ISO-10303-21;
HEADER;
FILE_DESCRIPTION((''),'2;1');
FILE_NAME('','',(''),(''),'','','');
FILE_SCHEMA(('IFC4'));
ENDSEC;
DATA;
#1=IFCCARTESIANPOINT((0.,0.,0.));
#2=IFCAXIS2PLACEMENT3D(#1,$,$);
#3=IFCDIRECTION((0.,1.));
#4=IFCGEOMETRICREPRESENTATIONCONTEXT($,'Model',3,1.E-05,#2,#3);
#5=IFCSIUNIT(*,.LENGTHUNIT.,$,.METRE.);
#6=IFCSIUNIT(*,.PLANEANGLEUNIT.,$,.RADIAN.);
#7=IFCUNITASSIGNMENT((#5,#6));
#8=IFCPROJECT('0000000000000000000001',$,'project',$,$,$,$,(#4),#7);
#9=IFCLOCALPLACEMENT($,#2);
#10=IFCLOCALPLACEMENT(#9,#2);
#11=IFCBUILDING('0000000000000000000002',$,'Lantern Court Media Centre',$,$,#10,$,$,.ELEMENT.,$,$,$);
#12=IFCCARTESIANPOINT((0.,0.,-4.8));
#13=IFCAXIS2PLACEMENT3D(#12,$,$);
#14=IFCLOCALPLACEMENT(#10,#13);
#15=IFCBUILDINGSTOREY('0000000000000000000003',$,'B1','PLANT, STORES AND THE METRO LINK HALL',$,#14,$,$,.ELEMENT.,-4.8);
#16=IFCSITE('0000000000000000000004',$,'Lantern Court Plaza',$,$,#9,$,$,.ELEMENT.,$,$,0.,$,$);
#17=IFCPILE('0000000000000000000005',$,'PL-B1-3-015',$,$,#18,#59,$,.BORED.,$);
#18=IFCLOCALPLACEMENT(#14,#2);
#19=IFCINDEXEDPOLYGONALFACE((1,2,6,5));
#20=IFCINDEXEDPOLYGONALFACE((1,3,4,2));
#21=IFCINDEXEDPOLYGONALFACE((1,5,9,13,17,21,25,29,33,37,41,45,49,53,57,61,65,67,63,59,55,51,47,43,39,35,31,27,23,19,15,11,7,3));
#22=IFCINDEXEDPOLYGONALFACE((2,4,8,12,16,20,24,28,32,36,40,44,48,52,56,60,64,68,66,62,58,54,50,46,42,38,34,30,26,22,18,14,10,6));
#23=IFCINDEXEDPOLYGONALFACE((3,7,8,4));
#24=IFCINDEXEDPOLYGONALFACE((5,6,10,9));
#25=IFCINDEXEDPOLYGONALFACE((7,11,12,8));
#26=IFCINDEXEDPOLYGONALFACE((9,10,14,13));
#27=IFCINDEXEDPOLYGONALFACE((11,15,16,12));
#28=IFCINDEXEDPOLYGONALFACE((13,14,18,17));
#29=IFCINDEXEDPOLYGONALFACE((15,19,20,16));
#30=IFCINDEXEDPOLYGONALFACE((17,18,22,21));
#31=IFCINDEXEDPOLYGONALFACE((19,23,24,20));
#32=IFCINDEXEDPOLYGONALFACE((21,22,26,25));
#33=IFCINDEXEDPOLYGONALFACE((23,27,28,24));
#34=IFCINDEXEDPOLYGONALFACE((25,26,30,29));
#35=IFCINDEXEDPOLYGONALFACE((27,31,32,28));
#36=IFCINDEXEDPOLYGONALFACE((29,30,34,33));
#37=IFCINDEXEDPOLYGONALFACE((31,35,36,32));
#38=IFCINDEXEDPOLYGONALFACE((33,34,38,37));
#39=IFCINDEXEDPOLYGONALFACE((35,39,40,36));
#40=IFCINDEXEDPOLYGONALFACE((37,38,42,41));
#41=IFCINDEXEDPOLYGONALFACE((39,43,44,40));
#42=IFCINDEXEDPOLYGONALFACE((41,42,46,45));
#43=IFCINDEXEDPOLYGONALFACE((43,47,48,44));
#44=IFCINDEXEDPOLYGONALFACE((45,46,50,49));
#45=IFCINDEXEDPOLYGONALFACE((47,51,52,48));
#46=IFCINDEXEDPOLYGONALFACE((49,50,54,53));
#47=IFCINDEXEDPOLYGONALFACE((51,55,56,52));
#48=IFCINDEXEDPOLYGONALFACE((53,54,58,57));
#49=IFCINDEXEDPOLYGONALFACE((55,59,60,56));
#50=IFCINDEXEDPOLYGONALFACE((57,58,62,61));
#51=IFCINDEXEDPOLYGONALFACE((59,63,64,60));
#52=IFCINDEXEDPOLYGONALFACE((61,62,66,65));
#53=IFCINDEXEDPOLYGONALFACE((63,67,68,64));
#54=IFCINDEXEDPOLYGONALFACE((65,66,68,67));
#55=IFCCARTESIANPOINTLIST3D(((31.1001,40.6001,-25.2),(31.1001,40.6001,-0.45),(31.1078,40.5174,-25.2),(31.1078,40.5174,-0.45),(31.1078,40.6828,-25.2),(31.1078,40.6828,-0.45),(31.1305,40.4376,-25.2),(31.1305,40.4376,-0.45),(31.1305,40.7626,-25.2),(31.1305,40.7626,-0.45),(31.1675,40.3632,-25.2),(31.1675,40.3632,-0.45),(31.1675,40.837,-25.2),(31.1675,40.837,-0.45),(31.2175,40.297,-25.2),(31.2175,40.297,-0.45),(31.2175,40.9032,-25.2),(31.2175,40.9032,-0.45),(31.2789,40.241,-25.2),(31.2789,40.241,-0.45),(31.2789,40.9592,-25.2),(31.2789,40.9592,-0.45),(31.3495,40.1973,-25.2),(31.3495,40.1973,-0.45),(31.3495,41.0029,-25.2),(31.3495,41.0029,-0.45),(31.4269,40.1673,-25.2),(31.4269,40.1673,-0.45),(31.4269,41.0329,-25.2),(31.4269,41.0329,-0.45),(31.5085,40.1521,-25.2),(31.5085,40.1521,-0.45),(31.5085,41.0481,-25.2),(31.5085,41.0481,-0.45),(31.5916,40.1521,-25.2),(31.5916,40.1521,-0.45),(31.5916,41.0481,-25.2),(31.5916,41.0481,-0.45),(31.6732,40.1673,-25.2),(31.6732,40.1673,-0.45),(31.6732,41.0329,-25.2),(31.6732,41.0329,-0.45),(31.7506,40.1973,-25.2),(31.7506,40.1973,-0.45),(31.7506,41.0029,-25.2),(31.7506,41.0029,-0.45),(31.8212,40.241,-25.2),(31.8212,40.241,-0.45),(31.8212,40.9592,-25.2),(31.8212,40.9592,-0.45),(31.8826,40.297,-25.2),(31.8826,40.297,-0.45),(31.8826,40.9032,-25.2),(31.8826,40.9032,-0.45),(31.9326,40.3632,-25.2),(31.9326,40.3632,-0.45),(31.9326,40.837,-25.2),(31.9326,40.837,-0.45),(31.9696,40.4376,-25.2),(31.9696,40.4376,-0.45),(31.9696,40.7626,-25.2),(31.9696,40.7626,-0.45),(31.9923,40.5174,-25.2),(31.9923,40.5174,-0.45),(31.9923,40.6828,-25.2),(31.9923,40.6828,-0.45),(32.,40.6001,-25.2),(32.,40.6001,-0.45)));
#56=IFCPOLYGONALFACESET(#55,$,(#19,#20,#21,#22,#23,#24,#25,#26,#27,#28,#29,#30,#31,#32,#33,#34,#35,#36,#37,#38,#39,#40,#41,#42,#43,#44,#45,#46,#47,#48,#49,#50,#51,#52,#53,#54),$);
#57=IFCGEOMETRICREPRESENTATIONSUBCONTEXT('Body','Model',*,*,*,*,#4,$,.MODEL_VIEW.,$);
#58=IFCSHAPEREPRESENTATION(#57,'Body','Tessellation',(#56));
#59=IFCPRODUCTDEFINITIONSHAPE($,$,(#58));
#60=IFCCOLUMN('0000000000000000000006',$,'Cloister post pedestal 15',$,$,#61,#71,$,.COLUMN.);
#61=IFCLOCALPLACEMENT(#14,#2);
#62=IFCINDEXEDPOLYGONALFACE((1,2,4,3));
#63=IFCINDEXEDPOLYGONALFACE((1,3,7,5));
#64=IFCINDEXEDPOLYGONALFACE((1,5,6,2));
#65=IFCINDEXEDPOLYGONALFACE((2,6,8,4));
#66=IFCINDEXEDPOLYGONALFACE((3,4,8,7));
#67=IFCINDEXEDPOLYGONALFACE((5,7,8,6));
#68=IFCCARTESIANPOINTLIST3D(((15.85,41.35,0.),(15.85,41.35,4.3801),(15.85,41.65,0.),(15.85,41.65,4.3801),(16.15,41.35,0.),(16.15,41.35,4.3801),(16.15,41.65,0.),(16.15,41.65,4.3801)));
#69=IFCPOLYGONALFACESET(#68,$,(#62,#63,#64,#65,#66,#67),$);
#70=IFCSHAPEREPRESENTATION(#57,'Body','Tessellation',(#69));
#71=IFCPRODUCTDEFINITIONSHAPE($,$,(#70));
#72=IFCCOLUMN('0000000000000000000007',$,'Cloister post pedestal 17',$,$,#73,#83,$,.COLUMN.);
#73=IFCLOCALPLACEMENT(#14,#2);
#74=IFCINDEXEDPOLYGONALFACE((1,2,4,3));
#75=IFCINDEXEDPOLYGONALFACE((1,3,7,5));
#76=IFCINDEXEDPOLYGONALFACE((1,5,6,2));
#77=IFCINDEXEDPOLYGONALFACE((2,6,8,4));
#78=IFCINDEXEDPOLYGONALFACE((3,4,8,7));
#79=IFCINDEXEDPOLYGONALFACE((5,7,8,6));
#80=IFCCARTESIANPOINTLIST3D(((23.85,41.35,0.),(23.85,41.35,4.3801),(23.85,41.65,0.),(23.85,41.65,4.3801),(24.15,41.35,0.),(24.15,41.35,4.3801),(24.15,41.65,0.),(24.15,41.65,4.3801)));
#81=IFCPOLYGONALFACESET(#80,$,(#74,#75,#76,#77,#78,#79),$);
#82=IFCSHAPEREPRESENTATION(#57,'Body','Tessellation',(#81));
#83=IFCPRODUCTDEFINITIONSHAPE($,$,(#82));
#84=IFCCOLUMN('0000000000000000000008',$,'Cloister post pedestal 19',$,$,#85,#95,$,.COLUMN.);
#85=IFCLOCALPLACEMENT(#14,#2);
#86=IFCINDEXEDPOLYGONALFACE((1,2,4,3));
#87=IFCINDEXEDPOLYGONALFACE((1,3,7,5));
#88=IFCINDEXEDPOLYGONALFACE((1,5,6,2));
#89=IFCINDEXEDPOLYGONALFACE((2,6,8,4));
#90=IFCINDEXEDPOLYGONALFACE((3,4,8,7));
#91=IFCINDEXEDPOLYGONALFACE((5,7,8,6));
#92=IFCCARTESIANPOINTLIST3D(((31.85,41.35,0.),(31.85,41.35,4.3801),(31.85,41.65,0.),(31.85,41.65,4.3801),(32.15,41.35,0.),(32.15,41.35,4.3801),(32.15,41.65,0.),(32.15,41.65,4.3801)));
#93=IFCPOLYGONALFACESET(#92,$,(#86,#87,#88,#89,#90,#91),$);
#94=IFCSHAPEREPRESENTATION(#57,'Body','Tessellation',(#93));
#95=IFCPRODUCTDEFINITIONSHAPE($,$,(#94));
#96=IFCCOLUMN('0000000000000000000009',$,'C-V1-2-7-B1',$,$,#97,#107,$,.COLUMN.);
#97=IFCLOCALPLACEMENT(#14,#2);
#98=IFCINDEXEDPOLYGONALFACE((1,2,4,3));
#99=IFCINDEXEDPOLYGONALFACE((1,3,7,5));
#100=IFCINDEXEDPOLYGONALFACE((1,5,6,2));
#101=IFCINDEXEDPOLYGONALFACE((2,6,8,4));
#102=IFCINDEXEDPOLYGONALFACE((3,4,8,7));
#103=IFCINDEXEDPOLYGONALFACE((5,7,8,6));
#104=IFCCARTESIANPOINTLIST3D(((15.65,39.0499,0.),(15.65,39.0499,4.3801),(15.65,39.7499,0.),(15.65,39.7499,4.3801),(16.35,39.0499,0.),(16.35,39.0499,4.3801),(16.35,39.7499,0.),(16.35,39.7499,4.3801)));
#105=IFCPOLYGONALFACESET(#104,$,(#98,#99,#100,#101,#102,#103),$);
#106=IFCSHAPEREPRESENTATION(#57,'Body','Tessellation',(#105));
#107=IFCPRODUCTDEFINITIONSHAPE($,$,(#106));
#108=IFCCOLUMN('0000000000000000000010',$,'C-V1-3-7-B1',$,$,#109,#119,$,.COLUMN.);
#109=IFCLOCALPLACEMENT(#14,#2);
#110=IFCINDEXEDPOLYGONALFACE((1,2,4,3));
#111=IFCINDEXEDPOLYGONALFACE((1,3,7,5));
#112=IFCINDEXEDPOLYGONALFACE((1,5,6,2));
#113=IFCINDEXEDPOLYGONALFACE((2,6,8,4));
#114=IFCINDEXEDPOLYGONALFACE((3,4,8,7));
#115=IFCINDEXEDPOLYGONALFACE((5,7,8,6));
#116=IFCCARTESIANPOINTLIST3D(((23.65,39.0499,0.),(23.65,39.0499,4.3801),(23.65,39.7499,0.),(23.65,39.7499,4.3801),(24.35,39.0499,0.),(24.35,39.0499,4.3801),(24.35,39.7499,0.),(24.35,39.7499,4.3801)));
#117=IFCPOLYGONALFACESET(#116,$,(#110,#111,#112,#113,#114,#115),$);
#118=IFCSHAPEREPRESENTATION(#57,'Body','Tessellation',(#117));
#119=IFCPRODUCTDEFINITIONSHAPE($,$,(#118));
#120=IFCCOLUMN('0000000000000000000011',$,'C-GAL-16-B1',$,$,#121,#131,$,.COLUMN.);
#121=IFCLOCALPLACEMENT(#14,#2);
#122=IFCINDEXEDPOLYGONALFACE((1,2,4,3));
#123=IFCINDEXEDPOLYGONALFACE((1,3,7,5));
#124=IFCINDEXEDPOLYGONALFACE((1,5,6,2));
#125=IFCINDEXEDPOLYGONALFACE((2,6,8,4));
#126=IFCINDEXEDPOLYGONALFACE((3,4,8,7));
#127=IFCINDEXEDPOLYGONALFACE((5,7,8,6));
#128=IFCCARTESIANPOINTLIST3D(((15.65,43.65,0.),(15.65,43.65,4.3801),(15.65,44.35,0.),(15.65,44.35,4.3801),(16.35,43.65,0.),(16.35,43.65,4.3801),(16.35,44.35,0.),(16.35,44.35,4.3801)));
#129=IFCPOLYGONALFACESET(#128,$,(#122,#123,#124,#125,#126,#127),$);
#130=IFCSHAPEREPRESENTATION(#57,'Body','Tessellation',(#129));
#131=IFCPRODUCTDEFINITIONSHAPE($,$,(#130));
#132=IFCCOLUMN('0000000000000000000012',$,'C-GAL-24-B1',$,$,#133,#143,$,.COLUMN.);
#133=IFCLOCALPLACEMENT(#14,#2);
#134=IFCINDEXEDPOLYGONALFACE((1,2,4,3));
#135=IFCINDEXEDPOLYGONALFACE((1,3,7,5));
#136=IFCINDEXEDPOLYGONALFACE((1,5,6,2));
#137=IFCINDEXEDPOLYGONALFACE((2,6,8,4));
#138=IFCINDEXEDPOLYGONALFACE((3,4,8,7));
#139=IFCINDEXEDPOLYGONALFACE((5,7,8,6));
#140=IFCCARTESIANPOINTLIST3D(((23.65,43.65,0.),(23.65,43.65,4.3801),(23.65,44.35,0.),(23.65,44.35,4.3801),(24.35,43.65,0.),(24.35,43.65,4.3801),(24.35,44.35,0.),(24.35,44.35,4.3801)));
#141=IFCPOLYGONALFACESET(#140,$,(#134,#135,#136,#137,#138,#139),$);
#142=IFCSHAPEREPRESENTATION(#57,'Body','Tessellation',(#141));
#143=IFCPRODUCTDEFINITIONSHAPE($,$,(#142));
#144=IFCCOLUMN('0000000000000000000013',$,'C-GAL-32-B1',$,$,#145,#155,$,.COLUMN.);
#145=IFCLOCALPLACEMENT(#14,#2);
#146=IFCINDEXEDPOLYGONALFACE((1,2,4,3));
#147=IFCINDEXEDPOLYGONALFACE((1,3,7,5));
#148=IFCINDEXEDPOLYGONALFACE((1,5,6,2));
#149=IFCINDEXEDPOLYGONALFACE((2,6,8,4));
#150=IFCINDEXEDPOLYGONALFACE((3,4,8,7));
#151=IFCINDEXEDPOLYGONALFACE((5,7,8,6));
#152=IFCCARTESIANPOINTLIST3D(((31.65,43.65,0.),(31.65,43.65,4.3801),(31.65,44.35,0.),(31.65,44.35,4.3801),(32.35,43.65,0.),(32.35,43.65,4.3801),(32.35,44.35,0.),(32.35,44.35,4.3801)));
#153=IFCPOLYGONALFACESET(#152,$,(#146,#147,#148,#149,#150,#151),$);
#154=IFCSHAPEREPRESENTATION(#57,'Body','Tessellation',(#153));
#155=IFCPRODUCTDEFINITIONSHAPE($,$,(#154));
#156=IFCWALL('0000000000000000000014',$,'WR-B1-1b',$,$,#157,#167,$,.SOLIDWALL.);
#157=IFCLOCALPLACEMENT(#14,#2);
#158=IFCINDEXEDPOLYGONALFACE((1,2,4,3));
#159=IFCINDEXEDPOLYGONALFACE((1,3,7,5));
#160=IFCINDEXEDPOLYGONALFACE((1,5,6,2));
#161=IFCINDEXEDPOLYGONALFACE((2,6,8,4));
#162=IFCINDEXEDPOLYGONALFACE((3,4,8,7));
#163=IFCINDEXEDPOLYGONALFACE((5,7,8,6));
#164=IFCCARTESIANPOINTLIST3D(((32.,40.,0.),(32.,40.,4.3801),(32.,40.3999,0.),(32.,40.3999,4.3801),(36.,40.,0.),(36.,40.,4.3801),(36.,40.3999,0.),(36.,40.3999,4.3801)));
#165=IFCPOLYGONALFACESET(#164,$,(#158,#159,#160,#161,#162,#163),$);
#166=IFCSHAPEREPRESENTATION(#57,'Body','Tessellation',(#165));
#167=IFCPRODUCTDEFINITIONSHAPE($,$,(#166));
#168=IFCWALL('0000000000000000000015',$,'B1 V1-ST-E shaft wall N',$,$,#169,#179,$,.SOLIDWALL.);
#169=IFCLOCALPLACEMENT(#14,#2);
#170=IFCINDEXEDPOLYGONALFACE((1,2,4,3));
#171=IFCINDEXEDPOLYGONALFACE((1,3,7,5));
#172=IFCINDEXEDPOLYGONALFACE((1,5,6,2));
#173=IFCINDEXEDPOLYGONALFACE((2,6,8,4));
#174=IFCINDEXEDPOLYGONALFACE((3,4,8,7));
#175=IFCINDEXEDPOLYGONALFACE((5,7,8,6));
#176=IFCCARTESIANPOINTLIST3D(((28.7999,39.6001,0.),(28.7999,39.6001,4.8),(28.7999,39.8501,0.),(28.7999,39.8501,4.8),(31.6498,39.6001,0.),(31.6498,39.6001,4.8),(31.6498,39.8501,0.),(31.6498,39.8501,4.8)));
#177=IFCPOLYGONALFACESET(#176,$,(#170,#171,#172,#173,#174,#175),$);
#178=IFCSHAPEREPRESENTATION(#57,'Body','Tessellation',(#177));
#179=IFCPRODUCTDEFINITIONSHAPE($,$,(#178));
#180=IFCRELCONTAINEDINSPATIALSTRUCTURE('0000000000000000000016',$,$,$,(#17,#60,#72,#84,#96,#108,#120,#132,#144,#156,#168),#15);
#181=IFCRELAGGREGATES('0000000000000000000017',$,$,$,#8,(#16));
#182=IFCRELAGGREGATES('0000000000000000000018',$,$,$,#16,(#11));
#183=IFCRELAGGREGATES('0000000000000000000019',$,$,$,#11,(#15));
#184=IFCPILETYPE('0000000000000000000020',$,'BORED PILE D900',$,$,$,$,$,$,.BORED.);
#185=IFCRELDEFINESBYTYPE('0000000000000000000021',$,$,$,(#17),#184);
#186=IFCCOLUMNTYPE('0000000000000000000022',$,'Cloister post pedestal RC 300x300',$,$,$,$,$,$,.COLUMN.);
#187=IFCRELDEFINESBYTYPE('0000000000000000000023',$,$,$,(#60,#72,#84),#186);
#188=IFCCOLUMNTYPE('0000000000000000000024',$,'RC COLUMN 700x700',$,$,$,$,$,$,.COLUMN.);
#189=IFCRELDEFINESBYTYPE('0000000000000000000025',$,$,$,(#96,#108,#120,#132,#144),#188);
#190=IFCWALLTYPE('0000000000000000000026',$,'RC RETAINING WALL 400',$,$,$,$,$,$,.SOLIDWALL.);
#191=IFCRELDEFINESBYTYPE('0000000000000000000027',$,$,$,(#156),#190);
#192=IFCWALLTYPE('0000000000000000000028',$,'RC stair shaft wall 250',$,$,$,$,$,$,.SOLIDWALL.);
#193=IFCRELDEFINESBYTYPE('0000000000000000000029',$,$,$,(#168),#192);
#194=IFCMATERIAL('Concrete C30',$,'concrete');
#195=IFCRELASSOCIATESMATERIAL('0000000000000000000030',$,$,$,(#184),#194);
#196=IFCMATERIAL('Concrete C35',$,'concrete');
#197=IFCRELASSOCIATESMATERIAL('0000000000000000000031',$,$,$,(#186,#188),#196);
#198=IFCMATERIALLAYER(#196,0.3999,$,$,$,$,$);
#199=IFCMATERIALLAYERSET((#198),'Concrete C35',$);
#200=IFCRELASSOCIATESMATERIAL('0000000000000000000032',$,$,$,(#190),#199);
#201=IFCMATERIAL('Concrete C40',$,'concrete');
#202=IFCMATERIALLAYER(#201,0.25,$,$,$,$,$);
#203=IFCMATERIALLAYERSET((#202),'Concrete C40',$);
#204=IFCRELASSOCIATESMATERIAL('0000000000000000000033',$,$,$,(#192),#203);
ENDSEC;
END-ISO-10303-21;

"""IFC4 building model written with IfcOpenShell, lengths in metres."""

from ifc_helpers import new_model, si_unit, direction, frame, frame_2d, origin, origin_2d, place, context, subcontext, project, spatial, rectangle, circle, extrude, material, layer, layer_set, material_profile, profile_set, type_object, element, save


model = new_model("IFC4")

# Units and contexts
model_context = context("Model", 3, precision=1e-05, world=origin(), true_north=direction((0.0, 1.0)))
body_context = subcontext(model_context, "Body", "Model", "MODEL_VIEW")
ifc_project = project(units=[si_unit("LENGTHUNIT", "METRE"), si_unit("PLANEANGLEUNIT", "RADIAN")], contexts=[model_context])

# Site, building, storey
site_placement = place(None, origin())
site = spatial("IfcSite", under=ifc_project, at=site_placement, Name="Lantern Court Plaza", CompositionType="ELEMENT", RefElevation=0.0)
building_placement = place(site_placement, origin())
building = spatial("IfcBuilding", under=site, at=building_placement, Name="Lantern Court Media Centre", CompositionType="ELEMENT")
storey_placement = place(building_placement, frame((0.0, 0.0, -4.8)))
storey = spatial("IfcBuildingStorey", under=building, at=storey_placement, Name="B1", Description="PLANT, STORES AND THE METRO LINK HALL", CompositionType="ELEMENT", Elevation=-4.8)

# Pile
ifc_material_1 = material(Name="Concrete C30", Category="concrete")
ifc_material_profile_1 = material_profile(ifc_material_1, circle(Radius=0.45, at=origin_2d()), Name="D900")
ifc_profile_set_1 = profile_set([ifc_material_profile_1], Name="Concrete C30")
pile_type = type_object("IfcPileType", Name="BORED PILE D900", PredefinedType="BORED", material=ifc_profile_set_1)
for number, where, z_axis, x_axis, name in (
    (1, (31.55, 40.6001, -0.45), (0.0, 0.0, -1.0), (1.0, 0.0, 0.0), "PL-B1-3-015"),
):
    element("IfcPile", number, at=place(storey_placement, frame(where, z_axis=z_axis, x_axis=x_axis)), inside=storey, type_object=pile_type, Name=name, PredefinedType="BORED", context=body_context, shape_type="SweptSolid", body=[
        extrude(circle(Radius=0.45, at=origin_2d()), origin(), (0.0, 0.0, 1.0), 24.75),
    ])

# Columns
ifc_material_2 = material(Name="Concrete C35", Category="concrete")
ifc_material_profile_2 = material_profile(ifc_material_2, rectangle(XDim=0.3, YDim=0.3, at=origin_2d()), Name="RC 300x300")
ifc_profile_set_2 = profile_set([ifc_material_profile_2], Name="Concrete C35")
column_type_1 = type_object("IfcColumnType", Name="Cloister post pedestal RC 300x300", PredefinedType="COLUMN", material=ifc_profile_set_2)
for number, where, z_axis, x_axis, name in (
    (2, (16.0, 41.5, 0.0), (0.0, 0.0, 1.0), (1.0, 0.0, 0.0), "Cloister post pedestal 15"),
    (3, (24.0, 41.5, 0.0), (0.0, 0.0, 1.0), (1.0, 0.0, 0.0), "Cloister post pedestal 17"),
    (4, (32.0, 41.5, 0.0), (0.0, 0.0, 1.0), (1.0, 0.0, 0.0), "Cloister post pedestal 19"),
):
    element("IfcColumn", number, at=place(storey_placement, frame(where, z_axis=z_axis, x_axis=x_axis)), inside=storey, type_object=column_type_1, Name=name, PredefinedType="COLUMN", context=body_context, shape_type="SweptSolid", body=[
        extrude(rectangle(XDim=0.3, YDim=0.3, at=origin_2d()), origin(), (0.0, 0.0, 1.0), 4.3801),
    ])
ifc_material_profile_3 = material_profile(ifc_material_2, rectangle(XDim=0.7, YDim=0.7, at=origin_2d()), Name="RC 700x700")
ifc_profile_set_3 = profile_set([ifc_material_profile_3], Name="Concrete C35")
column_type_2 = type_object("IfcColumnType", Name="RC COLUMN 700x700", PredefinedType="COLUMN", material=ifc_profile_set_3)
for number, where, z_axis, x_axis, name in (
    (5, (16.0, 39.3999, 0.0), (0.0, 0.0, 1.0), (1.0, 0.0, 0.0), "C-V1-2-7-B1"),
    (6, (24.0, 39.3999, 0.0), (0.0, 0.0, 1.0), (1.0, 0.0, 0.0), "C-V1-3-7-B1"),
    (7, (16.0, 44.0, 0.0), (0.0, 0.0, 1.0), (1.0, 0.0, 0.0), "C-GAL-16-B1"),
    (8, (24.0, 44.0, 0.0), (0.0, 0.0, 1.0), (1.0, 0.0, 0.0), "C-GAL-24-B1"),
    (9, (32.0, 44.0, 0.0), (0.0, 0.0, 1.0), (1.0, 0.0, 0.0), "C-GAL-32-B1"),
):
    element("IfcColumn", number, at=place(storey_placement, frame(where, z_axis=z_axis, x_axis=x_axis)), inside=storey, type_object=column_type_2, Name=name, PredefinedType="COLUMN", context=body_context, shape_type="SweptSolid", body=[
        extrude(rectangle(XDim=0.7, YDim=0.7, at=origin_2d()), origin(), (0.0, 0.0, 1.0), 4.3801),
    ])

# Walls
ifc_layer_1 = layer(ifc_material_2, 0.3999)
ifc_layer_set_1 = layer_set([ifc_layer_1], Name="Concrete C35")
wall_type_1 = type_object("IfcWallType", Name="RC RETAINING WALL 400", PredefinedType="SOLIDWALL", material=ifc_layer_set_1)
wall_1_placement = place(storey_placement, frame((32.0, 40.2, 0.0), z_axis=(0.0, 0.0, 1.0), x_axis=(1.0, 0.0, 0.0)))
element("IfcWall", 10, at=wall_1_placement, inside=storey, type_object=wall_type_1, Name="WR-B1-1b", PredefinedType="SOLIDWALL", context=body_context, shape_type="SweptSolid", body=[
    extrude(rectangle(XDim=4.0, YDim=0.3999, at=frame_2d((2.0, 0.0))), origin(), (0.0, 0.0, 1.0), 4.3801),
])
ifc_material_3 = material(Name="Concrete C40", Category="concrete")
ifc_layer_2 = layer(ifc_material_3, 0.25)
ifc_layer_set_2 = layer_set([ifc_layer_2], Name="Concrete C40")
wall_type_2 = type_object("IfcWallType", Name="RC stair shaft wall 250", PredefinedType="SOLIDWALL", material=ifc_layer_set_2)
wall_2_placement = place(storey_placement, frame((28.8, 39.7251, 0.0), z_axis=(0.0, 0.0, 1.0), x_axis=(1.0, 0.0, 0.0)))
element("IfcWall", 11, at=wall_2_placement, inside=storey, type_object=wall_type_2, Name="B1 V1-ST-E shaft wall N", PredefinedType="SOLIDWALL", context=body_context, shape_type="SweptSolid", body=[
    extrude(rectangle(XDim=2.8499, YDim=0.25, at=frame_2d((1.4248, 0.0))), origin(), (0.0, 0.0, 1.0), 4.8),
])

save(model, "model.ifc")
